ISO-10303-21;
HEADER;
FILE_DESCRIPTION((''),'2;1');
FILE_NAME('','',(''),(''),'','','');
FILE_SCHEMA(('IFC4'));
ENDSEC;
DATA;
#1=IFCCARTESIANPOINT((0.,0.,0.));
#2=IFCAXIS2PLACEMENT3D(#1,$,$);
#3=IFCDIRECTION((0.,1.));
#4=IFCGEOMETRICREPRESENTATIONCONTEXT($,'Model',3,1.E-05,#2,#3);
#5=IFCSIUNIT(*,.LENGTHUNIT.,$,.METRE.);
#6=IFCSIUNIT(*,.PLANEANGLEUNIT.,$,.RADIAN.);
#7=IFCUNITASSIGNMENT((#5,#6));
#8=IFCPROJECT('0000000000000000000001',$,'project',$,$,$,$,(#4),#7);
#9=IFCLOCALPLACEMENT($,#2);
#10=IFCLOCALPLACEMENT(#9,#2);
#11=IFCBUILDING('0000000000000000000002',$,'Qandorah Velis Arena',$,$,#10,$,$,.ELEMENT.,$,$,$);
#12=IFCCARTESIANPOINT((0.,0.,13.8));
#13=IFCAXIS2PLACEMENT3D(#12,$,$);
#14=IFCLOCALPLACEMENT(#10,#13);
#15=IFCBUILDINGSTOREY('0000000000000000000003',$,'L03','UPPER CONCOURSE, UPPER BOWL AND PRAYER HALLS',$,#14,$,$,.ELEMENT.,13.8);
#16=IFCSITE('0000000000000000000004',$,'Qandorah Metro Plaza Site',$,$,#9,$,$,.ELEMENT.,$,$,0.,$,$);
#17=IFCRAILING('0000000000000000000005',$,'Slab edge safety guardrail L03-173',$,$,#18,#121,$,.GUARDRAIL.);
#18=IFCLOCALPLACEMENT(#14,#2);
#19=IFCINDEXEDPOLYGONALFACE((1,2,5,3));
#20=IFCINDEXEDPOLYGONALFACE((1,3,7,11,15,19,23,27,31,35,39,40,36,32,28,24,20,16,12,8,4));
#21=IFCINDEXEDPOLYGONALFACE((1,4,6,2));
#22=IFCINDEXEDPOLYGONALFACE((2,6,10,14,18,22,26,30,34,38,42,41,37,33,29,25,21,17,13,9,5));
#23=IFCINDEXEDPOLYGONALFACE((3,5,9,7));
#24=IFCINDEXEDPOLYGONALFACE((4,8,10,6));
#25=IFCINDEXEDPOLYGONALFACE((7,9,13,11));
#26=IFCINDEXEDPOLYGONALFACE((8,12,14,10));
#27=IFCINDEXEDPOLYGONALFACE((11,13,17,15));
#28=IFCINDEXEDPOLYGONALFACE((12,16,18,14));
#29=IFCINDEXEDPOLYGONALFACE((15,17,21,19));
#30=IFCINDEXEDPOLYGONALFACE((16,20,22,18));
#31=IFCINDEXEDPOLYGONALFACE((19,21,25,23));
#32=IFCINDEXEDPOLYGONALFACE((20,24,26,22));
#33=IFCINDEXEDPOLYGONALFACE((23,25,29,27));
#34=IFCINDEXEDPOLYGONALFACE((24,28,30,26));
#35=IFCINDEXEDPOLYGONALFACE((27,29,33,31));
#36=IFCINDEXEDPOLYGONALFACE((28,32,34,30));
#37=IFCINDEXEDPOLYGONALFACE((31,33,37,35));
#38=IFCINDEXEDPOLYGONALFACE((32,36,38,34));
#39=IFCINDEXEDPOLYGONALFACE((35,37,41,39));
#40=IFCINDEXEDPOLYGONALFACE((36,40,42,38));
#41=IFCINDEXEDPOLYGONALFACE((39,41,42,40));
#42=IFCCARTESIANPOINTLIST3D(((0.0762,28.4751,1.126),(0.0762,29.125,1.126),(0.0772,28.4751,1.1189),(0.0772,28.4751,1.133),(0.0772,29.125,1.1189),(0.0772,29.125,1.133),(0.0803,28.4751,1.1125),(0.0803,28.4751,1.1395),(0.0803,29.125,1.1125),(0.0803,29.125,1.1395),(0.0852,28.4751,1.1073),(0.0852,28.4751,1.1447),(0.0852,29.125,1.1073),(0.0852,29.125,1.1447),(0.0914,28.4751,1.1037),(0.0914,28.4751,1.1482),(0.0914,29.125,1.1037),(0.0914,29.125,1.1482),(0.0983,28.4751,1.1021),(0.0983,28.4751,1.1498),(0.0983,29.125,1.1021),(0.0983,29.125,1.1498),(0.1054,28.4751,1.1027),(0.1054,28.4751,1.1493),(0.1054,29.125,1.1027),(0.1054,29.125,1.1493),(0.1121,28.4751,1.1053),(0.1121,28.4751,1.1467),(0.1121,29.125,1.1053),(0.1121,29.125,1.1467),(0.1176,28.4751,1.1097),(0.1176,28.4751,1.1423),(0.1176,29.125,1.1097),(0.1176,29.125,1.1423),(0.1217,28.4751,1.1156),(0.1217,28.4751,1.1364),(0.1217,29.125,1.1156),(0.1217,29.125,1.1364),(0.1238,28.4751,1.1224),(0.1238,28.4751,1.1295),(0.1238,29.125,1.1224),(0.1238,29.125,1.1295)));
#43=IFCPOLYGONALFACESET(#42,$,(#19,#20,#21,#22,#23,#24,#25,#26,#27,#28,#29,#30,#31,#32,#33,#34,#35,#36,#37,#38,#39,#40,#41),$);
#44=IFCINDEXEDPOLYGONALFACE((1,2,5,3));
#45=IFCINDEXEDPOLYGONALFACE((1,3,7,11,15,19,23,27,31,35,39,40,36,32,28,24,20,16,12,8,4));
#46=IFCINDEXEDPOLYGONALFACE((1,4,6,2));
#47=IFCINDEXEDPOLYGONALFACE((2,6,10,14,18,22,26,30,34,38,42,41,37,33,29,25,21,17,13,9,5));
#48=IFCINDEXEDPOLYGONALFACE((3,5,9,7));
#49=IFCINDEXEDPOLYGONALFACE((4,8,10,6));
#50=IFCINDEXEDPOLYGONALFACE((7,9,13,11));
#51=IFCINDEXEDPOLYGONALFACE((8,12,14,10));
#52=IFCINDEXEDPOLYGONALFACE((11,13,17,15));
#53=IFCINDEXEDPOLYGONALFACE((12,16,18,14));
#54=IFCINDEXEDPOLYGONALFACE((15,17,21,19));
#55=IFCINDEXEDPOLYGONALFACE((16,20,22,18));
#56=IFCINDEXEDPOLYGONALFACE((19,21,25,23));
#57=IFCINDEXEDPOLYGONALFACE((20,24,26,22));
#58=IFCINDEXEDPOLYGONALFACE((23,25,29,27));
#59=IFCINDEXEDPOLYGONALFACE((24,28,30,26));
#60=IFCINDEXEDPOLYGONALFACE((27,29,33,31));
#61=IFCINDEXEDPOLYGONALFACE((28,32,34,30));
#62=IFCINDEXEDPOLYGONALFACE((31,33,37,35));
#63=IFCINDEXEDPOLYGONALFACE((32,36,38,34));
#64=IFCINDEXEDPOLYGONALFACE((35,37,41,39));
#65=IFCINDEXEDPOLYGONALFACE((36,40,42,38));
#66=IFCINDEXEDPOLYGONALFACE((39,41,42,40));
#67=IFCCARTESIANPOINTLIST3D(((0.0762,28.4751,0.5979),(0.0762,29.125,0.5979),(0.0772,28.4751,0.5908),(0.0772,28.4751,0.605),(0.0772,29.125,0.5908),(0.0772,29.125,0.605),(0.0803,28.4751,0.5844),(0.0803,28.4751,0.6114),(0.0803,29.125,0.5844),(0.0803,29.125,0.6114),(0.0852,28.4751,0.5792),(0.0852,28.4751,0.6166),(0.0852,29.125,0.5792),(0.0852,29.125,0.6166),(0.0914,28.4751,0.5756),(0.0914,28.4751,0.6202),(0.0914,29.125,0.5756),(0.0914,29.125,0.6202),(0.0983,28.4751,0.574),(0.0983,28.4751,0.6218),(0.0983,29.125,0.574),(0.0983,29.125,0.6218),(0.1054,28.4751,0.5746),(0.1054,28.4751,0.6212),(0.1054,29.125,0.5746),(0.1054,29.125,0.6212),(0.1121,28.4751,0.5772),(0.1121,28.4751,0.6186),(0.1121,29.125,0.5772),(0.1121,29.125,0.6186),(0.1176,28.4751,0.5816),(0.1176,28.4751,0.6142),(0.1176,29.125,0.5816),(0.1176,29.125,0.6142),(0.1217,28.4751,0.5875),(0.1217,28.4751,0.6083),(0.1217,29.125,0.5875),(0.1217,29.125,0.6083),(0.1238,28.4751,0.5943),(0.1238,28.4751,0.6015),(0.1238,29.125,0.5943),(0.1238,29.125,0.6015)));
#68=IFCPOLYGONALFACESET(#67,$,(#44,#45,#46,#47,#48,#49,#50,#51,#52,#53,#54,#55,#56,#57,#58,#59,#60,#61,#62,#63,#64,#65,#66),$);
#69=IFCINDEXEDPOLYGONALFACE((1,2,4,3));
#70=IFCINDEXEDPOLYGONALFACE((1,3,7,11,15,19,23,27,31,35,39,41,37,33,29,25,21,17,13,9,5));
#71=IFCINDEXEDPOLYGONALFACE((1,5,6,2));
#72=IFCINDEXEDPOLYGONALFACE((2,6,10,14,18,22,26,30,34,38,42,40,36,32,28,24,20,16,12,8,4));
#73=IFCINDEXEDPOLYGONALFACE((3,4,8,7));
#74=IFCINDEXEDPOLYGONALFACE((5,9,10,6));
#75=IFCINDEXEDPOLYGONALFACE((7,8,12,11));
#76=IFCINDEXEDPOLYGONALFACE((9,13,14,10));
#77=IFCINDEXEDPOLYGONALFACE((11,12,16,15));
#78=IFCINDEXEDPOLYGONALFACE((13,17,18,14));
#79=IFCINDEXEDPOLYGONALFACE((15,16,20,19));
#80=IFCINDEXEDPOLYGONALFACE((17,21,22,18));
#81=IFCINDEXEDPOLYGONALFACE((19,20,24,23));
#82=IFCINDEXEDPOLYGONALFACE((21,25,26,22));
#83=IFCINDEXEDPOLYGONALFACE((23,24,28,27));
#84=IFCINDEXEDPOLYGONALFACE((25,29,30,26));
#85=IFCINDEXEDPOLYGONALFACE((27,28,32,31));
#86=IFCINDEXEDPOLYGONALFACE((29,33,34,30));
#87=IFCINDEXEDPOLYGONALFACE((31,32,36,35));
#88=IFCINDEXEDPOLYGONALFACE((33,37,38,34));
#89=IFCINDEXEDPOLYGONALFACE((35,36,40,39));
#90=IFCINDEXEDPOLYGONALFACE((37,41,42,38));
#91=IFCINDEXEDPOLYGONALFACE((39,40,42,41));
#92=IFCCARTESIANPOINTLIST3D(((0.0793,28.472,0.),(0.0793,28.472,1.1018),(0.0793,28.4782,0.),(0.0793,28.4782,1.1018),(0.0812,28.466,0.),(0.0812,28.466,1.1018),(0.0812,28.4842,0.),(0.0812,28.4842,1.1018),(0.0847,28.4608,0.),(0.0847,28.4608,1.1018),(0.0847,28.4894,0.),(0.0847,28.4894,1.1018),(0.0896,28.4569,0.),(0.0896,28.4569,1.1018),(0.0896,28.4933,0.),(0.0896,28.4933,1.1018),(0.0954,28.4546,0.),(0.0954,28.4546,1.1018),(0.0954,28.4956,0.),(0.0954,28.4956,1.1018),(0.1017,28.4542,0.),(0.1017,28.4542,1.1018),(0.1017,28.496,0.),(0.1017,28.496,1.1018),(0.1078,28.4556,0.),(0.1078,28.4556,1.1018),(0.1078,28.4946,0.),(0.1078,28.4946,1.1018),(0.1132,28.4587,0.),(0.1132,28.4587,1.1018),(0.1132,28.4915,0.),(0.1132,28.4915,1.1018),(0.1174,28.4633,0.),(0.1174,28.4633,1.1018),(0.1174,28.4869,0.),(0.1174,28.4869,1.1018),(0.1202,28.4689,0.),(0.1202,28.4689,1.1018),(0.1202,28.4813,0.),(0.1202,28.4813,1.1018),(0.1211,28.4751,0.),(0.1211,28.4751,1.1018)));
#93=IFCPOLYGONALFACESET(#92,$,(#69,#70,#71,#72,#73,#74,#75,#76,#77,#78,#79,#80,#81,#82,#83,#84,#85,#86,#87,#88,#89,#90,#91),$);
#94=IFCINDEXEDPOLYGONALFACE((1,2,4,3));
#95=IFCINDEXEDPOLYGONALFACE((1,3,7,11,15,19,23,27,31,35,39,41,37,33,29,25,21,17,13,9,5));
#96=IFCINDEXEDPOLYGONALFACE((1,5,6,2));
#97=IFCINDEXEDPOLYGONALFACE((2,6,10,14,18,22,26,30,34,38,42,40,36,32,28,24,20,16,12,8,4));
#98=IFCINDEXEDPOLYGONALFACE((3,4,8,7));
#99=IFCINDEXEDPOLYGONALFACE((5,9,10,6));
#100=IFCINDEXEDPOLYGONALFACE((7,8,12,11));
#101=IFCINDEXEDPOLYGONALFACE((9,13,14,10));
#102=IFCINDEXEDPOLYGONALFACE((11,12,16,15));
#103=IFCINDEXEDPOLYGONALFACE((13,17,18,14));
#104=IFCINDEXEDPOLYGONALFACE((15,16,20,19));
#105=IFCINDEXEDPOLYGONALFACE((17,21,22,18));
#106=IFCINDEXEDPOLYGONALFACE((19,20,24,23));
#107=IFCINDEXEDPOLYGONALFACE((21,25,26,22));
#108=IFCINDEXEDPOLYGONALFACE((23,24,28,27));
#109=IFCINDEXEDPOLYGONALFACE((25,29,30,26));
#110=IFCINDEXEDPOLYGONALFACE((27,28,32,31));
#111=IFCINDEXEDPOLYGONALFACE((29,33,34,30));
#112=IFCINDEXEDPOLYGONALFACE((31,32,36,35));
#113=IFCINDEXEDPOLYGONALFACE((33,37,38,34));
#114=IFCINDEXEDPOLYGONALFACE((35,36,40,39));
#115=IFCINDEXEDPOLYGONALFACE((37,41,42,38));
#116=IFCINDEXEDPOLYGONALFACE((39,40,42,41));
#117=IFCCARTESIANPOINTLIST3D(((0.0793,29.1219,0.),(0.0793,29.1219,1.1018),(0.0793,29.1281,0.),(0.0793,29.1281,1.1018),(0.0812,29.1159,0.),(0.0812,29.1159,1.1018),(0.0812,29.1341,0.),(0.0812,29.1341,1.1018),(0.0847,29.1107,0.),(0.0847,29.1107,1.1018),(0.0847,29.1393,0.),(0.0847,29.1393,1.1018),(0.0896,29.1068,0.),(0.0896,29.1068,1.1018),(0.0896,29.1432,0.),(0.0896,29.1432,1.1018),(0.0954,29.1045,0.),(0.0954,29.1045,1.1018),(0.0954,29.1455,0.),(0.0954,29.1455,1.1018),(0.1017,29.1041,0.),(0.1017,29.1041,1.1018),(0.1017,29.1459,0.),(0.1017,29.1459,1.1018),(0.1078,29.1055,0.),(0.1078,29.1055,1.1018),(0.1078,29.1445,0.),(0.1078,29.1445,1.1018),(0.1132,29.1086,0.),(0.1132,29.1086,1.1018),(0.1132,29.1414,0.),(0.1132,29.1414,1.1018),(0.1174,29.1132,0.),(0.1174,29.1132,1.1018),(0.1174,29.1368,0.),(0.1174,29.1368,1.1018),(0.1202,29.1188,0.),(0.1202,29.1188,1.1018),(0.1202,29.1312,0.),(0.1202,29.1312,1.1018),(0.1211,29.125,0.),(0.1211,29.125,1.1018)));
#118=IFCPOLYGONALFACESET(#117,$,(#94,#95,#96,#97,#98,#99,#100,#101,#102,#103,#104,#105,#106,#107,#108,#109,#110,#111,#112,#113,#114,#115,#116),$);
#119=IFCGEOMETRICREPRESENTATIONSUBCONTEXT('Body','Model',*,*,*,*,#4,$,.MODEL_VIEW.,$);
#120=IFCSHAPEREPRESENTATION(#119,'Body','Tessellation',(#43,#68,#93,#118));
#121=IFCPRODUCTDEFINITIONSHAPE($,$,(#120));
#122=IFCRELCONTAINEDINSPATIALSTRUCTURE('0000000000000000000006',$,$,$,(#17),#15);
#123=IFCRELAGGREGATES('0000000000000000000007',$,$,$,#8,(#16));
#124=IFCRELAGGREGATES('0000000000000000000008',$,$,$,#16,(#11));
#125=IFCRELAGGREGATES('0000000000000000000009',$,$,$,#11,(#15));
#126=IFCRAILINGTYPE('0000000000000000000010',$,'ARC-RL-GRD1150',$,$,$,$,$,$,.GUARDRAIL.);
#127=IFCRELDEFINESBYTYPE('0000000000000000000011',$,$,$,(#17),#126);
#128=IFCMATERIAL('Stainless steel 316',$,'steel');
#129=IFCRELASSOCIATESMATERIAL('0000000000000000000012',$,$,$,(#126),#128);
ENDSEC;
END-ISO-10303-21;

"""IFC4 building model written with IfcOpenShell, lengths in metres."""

from ifc_helpers import new_model, si_unit, direction, frame, origin, origin_2d, place, context, subcontext, project, spatial, circle, extrude, material, type_object, element, save


model = new_model("IFC4")

# Units and contexts
model_context = context("Model", 3, precision=1e-05, world=origin(), true_north=direction((0.0, 1.0)))
body_context = subcontext(model_context, "Body", "Model", "MODEL_VIEW")
ifc_project = project(units=[si_unit("LENGTHUNIT", "METRE"), si_unit("PLANEANGLEUNIT", "RADIAN")], contexts=[model_context])

# Site, building, storey
site_placement = place(None, origin())
site = spatial("IfcSite", under=ifc_project, at=site_placement, Name="Qandorah Metro Plaza Site", CompositionType="ELEMENT", RefElevation=0.0)
building_placement = place(site_placement, origin())
building = spatial("IfcBuilding", under=site, at=building_placement, Name="Qandorah Velis Arena", CompositionType="ELEMENT")
storey_placement = place(building_placement, frame((0.0, 0.0, 13.8)))
storey = spatial("IfcBuildingStorey", under=building, at=storey_placement, Name="L03", Description="UPPER CONCOURSE, UPPER BOWL AND PRAYER HALLS", CompositionType="ELEMENT", Elevation=13.8)

# Railing
ifc_material_1 = material(Name="Stainless steel 316", Category="steel")
railing_type = type_object("IfcRailingType", Name="ARC-RL-GRD1150", PredefinedType="GUARDRAIL", material=ifc_material_1)
railing_1_placement = place(storey_placement, frame((0.1001, 28.4751, 0.0)))
element("IfcRailing", 1, at=railing_1_placement, inside=storey, type_object=railing_type, Name="Slab edge safety guardrail L03-173", PredefinedType="GUARDRAIL", context=body_context, shape_type="SweptSolid", body=[
    extrude(circle(Radius=0.0239, at=origin_2d()), frame((0.0, 0.0, 1.126), z_axis=(0.0, 1.0, 0.0), x_axis=(-1.0, 0.0, 0.0)), (0.0, 0.0, 1.0), 0.6499),
    extrude(circle(Radius=0.0239, at=origin_2d()), frame((0.0, 0.0, 0.5979), z_axis=(0.0, 1.0, 0.0), x_axis=(-1.0, 0.0, 0.0)), (0.0, 0.0, 1.0), 0.6499),
    extrude(circle(Radius=0.021, at=origin_2d()), origin(), (0.0, 0.0, 1.0), 1.1018),
    extrude(circle(Radius=0.021, at=origin_2d()), frame((0.0, 0.6499, 0.0)), (0.0, 0.0, 1.0), 1.1018),
])

save(model, "model.ifc")
